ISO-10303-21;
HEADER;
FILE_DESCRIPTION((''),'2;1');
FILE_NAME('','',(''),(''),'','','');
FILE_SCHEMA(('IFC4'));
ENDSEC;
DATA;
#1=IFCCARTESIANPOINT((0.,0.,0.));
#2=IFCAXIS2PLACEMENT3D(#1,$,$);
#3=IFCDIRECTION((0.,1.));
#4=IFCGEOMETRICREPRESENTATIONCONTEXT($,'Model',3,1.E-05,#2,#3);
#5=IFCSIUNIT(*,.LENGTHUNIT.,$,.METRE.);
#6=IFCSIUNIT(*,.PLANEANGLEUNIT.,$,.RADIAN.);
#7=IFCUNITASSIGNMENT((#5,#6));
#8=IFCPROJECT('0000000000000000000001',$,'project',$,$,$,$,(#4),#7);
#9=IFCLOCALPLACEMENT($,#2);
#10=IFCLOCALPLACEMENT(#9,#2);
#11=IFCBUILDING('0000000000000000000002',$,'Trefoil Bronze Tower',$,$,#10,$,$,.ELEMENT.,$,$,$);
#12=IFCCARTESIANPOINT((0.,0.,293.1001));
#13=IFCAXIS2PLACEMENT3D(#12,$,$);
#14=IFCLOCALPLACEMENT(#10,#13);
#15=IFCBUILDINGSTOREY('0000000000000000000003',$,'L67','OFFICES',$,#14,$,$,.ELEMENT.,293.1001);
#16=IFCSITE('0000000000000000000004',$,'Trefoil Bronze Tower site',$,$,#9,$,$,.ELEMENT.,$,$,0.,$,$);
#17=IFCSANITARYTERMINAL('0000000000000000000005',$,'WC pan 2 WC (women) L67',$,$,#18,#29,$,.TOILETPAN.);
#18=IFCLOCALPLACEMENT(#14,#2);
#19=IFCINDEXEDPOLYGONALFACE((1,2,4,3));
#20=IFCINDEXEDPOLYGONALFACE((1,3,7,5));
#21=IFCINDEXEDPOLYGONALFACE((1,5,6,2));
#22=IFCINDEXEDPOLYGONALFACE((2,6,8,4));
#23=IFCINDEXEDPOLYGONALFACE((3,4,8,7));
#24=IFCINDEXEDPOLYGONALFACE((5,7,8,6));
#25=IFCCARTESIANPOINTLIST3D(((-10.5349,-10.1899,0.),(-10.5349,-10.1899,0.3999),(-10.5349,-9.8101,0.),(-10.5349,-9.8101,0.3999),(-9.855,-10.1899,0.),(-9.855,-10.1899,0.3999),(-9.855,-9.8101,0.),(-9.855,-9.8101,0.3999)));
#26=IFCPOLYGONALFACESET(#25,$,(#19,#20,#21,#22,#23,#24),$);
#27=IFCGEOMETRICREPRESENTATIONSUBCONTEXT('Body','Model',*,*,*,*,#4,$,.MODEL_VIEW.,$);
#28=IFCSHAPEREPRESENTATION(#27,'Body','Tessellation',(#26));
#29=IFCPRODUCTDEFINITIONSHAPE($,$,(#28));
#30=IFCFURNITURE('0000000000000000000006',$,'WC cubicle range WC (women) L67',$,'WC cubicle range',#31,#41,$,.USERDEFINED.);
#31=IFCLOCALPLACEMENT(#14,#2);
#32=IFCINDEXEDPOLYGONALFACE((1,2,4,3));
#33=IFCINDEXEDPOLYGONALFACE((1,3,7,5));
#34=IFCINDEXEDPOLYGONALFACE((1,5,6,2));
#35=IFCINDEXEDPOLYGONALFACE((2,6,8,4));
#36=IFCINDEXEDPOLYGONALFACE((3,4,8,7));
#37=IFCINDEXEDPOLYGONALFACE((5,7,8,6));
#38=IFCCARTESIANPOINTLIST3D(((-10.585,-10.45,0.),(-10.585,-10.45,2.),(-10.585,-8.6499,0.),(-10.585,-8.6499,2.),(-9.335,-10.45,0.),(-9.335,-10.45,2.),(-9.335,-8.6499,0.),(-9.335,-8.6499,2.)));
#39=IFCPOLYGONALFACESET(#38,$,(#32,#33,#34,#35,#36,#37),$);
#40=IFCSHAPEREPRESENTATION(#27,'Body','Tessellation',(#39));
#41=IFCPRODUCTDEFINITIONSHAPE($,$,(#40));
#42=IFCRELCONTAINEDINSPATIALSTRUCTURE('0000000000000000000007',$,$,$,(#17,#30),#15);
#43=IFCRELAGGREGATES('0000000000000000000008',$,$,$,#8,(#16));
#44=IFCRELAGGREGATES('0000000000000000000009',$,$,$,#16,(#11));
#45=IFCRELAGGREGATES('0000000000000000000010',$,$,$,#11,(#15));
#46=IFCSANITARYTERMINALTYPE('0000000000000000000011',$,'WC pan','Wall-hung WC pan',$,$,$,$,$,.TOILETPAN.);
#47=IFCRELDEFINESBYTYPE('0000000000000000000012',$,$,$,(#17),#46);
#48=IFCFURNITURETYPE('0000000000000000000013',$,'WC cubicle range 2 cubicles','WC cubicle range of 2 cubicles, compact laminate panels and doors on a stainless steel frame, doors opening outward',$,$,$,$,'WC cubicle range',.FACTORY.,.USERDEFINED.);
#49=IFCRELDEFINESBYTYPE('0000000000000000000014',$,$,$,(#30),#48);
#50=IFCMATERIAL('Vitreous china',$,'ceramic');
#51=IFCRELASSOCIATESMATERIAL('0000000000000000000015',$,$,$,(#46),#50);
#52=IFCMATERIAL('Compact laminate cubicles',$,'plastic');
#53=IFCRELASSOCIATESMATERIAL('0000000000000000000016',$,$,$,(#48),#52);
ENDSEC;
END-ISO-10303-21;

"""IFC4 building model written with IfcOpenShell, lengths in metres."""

from ifc_helpers import new_model, si_unit, direction, frame, origin, place, context, subcontext, project, spatial, polyline, outline, extrude, material, type_object, element, save


model = new_model("IFC4")

# Units and contexts
model_context = context("Model", 3, precision=1e-05, world=origin(), true_north=direction((0.0, 1.0)))
body_context = subcontext(model_context, "Body", "Model", "MODEL_VIEW")
ifc_project = project(units=[si_unit("LENGTHUNIT", "METRE"), si_unit("PLANEANGLEUNIT", "RADIAN")], contexts=[model_context])

# Site, building, storey
site_placement = place(None, origin())
site = spatial("IfcSite", under=ifc_project, at=site_placement, Name="Trefoil Bronze Tower site", CompositionType="ELEMENT", RefElevation=0.0)
building_placement = place(site_placement, origin())
building = spatial("IfcBuilding", under=site, at=building_placement, Name="Trefoil Bronze Tower", CompositionType="ELEMENT")
storey_placement = place(building_placement, frame((0.0, 0.0, 293.1001)))
storey = spatial("IfcBuildingStorey", under=building, at=storey_placement, Name="L67", Description="OFFICES", CompositionType="ELEMENT", Elevation=293.1001)

# Sanitary terminal
ifc_material_1 = material(Name="Vitreous china", Category="ceramic")
sanitary_terminal_type_1 = type_object("IfcSanitaryTerminalType", Name="WC pan", Description="Wall-hung WC pan", PredefinedType="TOILETPAN", material=ifc_material_1)
sanitary_terminal_1_placement = place(storey_placement, origin())
element("IfcSanitaryTerminal", 1, at=sanitary_terminal_1_placement, inside=storey, type_object=sanitary_terminal_type_1, Name="WC pan 2 WC (women) L67", PredefinedType="TOILETPAN", context=body_context, shape_type="SweptSolid", body=[
    extrude(outline(polyline([(-9.855, -9.8101), (-10.5349, -9.8101), (-10.5349, -10.1899), (-9.855, -10.1899), (-9.855, -9.8101)])), origin(), (0.0, 0.0, 1.0), 0.3999),
])

# Furniture
ifc_material_2 = material(Name="Compact laminate cubicles", Category="plastic")
furniture_type = type_object("IfcFurnitureType", Name="WC cubicle range 2 cubicles", Description="WC cubicle range of 2 cubicles, compact laminate panels and doors on a stainless steel frame, doors opening outward", ElementType="WC cubicle range", AssemblyPlace="FACTORY", PredefinedType="USERDEFINED", material=ifc_material_2)
furniture_placement = place(storey_placement, origin())
element("IfcFurniture", 2, at=furniture_placement, inside=storey, type_object=furniture_type, Name="WC cubicle range WC (women) L67", ObjectType="WC cubicle range", PredefinedType="USERDEFINED", context=body_context, shape_type="SweptSolid", body=[
    extrude(outline(polyline([(-9.335, -8.6499), (-10.585, -8.6499), (-10.585, -10.45), (-9.335, -10.45), (-9.335, -8.6499)])), origin(), (0.0, 0.0, 1.0), 2.0),
])

save(model, "model.ifc")
